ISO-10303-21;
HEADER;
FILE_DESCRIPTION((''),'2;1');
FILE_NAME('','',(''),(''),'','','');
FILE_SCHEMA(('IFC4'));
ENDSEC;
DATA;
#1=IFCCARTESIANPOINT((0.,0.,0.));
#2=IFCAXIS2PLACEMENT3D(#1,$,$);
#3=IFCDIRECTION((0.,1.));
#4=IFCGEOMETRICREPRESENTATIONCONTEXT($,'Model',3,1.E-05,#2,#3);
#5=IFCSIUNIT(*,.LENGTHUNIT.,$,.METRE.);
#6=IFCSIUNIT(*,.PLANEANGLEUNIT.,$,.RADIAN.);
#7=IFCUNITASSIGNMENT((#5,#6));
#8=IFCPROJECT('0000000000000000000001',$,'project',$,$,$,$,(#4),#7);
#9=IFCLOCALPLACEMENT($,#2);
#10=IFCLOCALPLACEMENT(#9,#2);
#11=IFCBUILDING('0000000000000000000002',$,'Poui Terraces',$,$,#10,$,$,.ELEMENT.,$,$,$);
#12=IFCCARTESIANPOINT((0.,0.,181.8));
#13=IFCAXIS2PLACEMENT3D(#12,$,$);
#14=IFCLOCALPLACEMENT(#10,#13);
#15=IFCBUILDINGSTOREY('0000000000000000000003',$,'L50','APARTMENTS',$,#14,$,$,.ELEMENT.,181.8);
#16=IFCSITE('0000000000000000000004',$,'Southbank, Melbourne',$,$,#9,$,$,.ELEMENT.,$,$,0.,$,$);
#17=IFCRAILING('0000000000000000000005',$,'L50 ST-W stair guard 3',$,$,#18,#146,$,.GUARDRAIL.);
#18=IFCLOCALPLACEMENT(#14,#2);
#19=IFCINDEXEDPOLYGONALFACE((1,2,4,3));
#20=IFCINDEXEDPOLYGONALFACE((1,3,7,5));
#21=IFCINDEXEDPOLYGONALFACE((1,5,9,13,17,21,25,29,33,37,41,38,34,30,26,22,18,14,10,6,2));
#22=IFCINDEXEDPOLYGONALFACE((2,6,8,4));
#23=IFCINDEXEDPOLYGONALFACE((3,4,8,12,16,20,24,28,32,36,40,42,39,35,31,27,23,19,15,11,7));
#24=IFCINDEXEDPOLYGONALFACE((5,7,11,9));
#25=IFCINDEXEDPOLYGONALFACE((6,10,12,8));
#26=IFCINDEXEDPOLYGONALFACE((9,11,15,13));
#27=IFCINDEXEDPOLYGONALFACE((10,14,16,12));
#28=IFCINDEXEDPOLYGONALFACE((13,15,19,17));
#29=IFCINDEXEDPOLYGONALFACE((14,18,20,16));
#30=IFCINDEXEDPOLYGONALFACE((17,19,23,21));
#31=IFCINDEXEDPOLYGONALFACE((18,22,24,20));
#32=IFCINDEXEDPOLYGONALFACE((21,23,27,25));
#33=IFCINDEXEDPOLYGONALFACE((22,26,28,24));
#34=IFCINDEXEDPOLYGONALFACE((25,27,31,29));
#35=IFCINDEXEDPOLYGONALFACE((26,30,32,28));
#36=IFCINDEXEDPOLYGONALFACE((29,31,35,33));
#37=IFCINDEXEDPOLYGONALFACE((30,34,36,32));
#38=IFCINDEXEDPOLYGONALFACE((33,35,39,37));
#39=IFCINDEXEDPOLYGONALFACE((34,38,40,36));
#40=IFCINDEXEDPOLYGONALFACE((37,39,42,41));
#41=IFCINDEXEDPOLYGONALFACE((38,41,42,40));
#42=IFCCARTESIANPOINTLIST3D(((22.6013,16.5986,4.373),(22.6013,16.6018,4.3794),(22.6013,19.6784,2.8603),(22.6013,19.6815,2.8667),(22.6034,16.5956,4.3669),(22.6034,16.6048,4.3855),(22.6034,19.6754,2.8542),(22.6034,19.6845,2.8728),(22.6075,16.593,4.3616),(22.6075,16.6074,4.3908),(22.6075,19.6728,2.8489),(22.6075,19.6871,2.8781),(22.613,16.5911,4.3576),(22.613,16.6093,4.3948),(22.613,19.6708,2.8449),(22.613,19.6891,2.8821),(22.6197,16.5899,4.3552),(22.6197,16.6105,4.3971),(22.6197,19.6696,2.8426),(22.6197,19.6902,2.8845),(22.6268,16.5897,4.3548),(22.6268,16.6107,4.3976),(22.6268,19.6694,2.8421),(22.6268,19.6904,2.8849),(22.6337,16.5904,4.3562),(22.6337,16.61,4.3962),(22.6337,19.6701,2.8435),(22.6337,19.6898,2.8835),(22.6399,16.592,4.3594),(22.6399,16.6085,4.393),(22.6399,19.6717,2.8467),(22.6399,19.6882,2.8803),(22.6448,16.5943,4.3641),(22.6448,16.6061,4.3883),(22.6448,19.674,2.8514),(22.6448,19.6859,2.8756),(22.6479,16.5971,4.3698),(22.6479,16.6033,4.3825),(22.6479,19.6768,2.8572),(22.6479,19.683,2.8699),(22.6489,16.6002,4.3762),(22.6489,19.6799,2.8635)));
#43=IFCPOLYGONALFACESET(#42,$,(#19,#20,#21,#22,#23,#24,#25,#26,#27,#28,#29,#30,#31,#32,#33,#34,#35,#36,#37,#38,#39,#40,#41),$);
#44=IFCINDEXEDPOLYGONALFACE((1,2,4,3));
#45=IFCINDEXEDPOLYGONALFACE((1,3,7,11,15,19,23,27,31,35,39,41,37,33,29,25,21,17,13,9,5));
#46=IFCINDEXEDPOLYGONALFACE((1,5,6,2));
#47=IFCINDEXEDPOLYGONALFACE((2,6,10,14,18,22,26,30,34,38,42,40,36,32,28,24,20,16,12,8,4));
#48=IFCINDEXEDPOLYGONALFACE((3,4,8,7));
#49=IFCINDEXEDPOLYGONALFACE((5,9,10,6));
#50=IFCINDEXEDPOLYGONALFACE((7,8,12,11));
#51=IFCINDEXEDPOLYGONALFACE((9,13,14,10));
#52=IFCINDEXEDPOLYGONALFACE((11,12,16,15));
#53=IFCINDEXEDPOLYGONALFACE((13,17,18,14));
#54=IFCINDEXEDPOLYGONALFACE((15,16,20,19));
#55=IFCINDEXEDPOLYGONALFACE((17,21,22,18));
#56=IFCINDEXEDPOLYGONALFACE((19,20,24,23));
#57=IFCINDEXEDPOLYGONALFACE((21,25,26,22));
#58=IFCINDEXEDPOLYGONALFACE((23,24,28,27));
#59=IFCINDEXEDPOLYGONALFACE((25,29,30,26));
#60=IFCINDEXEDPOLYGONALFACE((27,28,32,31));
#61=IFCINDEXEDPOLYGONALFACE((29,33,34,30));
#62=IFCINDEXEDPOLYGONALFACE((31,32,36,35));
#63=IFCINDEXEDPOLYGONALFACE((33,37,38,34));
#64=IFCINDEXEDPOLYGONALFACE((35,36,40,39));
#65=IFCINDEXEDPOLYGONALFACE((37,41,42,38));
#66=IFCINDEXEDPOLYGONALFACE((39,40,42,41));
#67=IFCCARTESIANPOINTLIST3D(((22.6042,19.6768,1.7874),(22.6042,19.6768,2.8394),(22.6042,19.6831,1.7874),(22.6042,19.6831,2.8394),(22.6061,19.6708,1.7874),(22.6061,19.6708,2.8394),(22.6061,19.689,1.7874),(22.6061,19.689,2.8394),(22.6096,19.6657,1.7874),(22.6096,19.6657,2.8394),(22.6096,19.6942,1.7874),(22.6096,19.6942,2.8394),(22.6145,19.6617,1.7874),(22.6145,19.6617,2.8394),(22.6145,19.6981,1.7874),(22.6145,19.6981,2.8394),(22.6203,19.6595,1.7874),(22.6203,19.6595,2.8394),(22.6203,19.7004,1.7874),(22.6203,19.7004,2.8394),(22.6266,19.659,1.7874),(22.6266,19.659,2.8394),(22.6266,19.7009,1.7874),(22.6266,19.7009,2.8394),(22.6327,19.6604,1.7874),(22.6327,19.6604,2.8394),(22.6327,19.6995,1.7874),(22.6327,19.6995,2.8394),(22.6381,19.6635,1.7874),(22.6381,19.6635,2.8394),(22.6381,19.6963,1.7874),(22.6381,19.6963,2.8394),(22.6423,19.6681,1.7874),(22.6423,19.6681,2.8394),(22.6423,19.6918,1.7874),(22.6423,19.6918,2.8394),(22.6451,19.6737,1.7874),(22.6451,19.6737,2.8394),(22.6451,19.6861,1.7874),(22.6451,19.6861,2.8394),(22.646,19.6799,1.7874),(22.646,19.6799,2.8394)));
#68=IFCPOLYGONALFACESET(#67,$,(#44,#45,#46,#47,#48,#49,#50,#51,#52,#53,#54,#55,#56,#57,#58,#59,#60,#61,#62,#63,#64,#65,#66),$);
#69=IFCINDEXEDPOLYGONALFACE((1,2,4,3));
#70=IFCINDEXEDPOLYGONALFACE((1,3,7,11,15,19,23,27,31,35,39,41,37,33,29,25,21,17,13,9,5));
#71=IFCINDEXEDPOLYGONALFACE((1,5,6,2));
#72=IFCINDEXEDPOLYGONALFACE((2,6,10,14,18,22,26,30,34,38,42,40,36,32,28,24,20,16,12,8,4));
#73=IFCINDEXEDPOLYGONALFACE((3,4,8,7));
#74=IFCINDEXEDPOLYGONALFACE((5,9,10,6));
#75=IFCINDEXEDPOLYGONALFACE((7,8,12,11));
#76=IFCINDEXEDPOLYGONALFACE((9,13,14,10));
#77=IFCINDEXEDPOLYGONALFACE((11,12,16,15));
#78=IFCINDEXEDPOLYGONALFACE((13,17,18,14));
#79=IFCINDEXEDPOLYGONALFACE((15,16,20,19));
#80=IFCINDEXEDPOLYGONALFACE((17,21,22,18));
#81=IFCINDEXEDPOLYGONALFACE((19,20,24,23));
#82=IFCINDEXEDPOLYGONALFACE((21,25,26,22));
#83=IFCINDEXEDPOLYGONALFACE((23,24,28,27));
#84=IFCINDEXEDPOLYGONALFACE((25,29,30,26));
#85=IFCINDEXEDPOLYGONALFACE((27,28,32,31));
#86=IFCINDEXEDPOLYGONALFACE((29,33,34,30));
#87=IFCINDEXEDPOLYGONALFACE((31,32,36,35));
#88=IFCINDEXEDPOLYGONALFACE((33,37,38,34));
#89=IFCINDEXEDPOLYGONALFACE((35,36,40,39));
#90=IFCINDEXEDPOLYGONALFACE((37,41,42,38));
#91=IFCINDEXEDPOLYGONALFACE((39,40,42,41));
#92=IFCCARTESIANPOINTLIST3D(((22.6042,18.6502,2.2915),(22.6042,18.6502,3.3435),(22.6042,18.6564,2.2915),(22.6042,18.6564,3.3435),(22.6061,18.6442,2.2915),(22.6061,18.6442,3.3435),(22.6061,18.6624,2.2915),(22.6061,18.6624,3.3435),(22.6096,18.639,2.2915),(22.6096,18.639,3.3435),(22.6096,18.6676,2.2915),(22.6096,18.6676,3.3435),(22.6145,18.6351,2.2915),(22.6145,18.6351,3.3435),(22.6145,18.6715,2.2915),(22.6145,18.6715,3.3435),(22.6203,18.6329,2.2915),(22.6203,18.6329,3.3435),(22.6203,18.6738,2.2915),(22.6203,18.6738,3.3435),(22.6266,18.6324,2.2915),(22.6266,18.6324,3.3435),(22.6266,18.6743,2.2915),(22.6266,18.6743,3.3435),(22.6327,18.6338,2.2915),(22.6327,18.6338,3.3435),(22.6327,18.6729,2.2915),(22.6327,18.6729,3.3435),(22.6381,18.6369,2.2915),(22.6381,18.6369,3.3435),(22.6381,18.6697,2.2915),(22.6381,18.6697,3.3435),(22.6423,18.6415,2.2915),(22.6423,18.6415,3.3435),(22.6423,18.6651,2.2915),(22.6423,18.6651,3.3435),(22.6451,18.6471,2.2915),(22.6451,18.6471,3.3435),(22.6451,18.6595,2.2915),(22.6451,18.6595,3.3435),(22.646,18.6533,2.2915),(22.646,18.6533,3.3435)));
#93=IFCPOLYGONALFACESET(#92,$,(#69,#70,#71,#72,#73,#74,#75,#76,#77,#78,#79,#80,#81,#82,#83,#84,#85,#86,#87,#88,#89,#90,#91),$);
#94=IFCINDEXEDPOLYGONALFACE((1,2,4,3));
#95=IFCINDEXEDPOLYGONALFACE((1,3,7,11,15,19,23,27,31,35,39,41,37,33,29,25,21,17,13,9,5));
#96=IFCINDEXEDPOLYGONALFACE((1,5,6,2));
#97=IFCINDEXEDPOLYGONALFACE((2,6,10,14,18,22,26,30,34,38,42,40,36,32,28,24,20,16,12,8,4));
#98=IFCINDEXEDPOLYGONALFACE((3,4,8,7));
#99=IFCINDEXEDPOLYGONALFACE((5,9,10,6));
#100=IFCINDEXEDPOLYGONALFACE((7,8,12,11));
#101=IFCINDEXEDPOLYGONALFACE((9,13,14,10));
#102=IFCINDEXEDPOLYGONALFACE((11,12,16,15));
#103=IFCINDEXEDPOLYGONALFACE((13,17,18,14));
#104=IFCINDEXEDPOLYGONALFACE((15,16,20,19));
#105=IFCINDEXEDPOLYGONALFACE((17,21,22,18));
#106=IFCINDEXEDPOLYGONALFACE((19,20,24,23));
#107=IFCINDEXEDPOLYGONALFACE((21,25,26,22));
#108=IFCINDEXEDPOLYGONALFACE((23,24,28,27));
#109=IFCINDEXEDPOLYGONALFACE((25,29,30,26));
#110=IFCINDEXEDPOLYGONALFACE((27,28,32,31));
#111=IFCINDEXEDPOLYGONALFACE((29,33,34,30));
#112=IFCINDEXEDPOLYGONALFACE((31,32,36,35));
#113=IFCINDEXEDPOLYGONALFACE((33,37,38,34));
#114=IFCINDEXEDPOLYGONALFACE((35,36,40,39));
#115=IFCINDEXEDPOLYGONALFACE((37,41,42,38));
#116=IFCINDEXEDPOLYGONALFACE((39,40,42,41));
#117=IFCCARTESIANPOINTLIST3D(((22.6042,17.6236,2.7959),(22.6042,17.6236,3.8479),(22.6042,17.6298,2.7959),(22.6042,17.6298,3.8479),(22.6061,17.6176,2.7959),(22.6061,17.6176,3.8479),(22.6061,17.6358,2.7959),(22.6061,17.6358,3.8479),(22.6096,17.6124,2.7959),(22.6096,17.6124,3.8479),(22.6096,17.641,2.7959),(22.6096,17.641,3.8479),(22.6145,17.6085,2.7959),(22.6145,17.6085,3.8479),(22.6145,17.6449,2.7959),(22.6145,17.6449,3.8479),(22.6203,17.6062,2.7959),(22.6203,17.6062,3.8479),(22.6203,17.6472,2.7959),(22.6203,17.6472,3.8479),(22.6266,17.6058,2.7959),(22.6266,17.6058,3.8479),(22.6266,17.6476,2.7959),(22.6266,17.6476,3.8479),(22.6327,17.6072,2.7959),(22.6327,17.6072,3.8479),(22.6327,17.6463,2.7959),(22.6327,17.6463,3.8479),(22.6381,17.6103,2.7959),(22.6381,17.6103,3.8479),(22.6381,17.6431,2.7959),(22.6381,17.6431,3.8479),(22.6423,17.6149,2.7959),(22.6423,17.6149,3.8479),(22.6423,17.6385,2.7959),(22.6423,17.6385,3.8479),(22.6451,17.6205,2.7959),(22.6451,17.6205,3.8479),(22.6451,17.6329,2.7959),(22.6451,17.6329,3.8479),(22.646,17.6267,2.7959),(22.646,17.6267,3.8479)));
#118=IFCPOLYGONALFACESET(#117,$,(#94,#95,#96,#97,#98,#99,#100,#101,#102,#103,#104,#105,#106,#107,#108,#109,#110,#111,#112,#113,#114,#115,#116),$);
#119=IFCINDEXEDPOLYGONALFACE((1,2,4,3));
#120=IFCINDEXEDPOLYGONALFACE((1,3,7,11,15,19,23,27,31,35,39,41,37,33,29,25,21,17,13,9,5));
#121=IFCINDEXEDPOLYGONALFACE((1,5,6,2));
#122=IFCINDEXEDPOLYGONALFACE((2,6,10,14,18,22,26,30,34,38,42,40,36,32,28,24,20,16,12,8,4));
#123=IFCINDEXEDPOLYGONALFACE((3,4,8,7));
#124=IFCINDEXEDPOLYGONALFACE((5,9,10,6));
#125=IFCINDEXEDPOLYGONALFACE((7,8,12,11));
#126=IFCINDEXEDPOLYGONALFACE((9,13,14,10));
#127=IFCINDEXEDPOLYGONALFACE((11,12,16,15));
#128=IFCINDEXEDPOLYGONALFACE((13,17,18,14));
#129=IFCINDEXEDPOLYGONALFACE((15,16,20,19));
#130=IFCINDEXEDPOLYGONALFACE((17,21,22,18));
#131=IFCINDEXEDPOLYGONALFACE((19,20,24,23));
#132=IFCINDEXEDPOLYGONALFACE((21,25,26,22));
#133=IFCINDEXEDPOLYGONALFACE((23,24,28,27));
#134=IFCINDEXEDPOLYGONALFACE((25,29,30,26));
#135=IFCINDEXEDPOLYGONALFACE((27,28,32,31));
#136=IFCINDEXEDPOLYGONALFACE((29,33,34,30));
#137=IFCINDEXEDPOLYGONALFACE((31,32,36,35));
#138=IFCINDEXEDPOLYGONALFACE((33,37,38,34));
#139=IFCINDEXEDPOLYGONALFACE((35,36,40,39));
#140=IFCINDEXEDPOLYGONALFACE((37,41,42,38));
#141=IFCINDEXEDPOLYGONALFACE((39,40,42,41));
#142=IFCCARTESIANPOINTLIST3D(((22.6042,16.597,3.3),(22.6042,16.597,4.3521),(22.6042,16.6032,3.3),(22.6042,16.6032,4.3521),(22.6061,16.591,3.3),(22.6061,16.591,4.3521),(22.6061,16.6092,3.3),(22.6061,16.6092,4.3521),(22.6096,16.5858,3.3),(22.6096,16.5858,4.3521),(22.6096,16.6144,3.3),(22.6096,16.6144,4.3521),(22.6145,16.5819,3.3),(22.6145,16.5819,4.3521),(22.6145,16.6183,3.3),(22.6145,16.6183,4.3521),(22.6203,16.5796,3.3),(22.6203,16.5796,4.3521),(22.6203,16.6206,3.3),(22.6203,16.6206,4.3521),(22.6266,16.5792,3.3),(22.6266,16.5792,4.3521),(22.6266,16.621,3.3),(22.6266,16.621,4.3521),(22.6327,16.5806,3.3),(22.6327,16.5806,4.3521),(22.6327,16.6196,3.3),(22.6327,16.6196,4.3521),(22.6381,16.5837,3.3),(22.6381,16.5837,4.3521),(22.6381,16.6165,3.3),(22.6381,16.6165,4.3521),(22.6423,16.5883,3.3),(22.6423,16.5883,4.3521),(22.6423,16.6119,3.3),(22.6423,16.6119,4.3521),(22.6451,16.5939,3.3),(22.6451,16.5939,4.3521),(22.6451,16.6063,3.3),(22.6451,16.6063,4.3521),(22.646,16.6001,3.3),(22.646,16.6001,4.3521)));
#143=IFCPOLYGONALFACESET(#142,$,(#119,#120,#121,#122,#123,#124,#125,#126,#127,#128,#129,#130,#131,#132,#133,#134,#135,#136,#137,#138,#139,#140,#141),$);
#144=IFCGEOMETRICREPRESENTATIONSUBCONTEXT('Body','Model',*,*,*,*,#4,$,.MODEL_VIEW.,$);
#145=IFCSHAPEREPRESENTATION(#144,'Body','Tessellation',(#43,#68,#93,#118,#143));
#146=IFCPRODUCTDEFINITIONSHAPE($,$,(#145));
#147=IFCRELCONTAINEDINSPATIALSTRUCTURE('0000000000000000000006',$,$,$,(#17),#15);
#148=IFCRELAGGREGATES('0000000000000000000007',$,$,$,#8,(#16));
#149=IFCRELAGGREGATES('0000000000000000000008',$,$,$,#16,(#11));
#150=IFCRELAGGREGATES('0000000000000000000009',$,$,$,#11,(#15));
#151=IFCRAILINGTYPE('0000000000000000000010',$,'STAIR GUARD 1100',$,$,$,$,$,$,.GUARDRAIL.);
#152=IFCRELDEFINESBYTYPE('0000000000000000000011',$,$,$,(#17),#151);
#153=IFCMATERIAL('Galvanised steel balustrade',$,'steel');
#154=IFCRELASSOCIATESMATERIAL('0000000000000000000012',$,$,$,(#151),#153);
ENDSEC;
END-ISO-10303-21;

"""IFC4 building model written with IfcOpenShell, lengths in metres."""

from ifc_helpers import new_model, si_unit, direction, frame, origin, origin_2d, place, context, subcontext, project, spatial, circle, extrude, material, type_object, element, save


model = new_model("IFC4")

# Units and contexts
model_context = context("Model", 3, precision=1e-05, world=origin(), true_north=direction((0.0, 1.0)))
body_context = subcontext(model_context, "Body", "Model", "MODEL_VIEW")
ifc_project = project(units=[si_unit("LENGTHUNIT", "METRE"), si_unit("PLANEANGLEUNIT", "RADIAN")], contexts=[model_context])

# Site, building, storey
site_placement = place(None, origin())
site = spatial("IfcSite", under=ifc_project, at=site_placement, Name="Southbank, Melbourne", CompositionType="ELEMENT", RefElevation=0.0)
building_placement = place(site_placement, origin())
building = spatial("IfcBuilding", under=site, at=building_placement, Name="Poui Terraces", CompositionType="ELEMENT")
storey_placement = place(building_placement, frame((0.0, 0.0, 181.8)))
storey = spatial("IfcBuildingStorey", under=building, at=storey_placement, Name="L50", Description="APARTMENTS", CompositionType="ELEMENT", Elevation=181.8)

# Railing
ifc_material_1 = material(Name="Galvanised steel balustrade", Category="steel")
railing_type_1 = type_object("IfcRailingType", Name="STAIR GUARD 1100", PredefinedType="GUARDRAIL", material=ifc_material_1)
railing_1_placement = place(storey_placement, frame((22.625, 19.6799, 1.7874)))
element("IfcRailing", 1, at=railing_1_placement, inside=storey, type_object=railing_type_1, Name="L50 ST-W stair guard 3", PredefinedType="GUARDRAIL", context=body_context, shape_type="SweptSolid", body=[
    extrude(circle(Radius=0.0239, at=origin_2d()), frame((0.0, 0.0, 1.0762), z_axis=(0.0, -0.897578, 0.440856), x_axis=(1.0, 0.0, 0.0)), (0.0, 0.0, 1.0), 3.4312),
    extrude(circle(Radius=0.021, at=origin_2d()), origin(), (0.0, 0.0, 1.0), 1.052),
    extrude(circle(Radius=0.021, at=origin_2d()), frame((0.0, -1.0266, 0.5042)), (0.0, 0.0, 1.0), 1.052),
    extrude(circle(Radius=0.021, at=origin_2d()), frame((0.0, -2.0532, 1.0085)), (0.0, 0.0, 1.0), 1.052),
    extrude(circle(Radius=0.021, at=origin_2d()), frame((0.0, -3.0798, 1.5127)), (0.0, 0.0, 1.0), 1.052),
])

save(model, "model.ifc")
